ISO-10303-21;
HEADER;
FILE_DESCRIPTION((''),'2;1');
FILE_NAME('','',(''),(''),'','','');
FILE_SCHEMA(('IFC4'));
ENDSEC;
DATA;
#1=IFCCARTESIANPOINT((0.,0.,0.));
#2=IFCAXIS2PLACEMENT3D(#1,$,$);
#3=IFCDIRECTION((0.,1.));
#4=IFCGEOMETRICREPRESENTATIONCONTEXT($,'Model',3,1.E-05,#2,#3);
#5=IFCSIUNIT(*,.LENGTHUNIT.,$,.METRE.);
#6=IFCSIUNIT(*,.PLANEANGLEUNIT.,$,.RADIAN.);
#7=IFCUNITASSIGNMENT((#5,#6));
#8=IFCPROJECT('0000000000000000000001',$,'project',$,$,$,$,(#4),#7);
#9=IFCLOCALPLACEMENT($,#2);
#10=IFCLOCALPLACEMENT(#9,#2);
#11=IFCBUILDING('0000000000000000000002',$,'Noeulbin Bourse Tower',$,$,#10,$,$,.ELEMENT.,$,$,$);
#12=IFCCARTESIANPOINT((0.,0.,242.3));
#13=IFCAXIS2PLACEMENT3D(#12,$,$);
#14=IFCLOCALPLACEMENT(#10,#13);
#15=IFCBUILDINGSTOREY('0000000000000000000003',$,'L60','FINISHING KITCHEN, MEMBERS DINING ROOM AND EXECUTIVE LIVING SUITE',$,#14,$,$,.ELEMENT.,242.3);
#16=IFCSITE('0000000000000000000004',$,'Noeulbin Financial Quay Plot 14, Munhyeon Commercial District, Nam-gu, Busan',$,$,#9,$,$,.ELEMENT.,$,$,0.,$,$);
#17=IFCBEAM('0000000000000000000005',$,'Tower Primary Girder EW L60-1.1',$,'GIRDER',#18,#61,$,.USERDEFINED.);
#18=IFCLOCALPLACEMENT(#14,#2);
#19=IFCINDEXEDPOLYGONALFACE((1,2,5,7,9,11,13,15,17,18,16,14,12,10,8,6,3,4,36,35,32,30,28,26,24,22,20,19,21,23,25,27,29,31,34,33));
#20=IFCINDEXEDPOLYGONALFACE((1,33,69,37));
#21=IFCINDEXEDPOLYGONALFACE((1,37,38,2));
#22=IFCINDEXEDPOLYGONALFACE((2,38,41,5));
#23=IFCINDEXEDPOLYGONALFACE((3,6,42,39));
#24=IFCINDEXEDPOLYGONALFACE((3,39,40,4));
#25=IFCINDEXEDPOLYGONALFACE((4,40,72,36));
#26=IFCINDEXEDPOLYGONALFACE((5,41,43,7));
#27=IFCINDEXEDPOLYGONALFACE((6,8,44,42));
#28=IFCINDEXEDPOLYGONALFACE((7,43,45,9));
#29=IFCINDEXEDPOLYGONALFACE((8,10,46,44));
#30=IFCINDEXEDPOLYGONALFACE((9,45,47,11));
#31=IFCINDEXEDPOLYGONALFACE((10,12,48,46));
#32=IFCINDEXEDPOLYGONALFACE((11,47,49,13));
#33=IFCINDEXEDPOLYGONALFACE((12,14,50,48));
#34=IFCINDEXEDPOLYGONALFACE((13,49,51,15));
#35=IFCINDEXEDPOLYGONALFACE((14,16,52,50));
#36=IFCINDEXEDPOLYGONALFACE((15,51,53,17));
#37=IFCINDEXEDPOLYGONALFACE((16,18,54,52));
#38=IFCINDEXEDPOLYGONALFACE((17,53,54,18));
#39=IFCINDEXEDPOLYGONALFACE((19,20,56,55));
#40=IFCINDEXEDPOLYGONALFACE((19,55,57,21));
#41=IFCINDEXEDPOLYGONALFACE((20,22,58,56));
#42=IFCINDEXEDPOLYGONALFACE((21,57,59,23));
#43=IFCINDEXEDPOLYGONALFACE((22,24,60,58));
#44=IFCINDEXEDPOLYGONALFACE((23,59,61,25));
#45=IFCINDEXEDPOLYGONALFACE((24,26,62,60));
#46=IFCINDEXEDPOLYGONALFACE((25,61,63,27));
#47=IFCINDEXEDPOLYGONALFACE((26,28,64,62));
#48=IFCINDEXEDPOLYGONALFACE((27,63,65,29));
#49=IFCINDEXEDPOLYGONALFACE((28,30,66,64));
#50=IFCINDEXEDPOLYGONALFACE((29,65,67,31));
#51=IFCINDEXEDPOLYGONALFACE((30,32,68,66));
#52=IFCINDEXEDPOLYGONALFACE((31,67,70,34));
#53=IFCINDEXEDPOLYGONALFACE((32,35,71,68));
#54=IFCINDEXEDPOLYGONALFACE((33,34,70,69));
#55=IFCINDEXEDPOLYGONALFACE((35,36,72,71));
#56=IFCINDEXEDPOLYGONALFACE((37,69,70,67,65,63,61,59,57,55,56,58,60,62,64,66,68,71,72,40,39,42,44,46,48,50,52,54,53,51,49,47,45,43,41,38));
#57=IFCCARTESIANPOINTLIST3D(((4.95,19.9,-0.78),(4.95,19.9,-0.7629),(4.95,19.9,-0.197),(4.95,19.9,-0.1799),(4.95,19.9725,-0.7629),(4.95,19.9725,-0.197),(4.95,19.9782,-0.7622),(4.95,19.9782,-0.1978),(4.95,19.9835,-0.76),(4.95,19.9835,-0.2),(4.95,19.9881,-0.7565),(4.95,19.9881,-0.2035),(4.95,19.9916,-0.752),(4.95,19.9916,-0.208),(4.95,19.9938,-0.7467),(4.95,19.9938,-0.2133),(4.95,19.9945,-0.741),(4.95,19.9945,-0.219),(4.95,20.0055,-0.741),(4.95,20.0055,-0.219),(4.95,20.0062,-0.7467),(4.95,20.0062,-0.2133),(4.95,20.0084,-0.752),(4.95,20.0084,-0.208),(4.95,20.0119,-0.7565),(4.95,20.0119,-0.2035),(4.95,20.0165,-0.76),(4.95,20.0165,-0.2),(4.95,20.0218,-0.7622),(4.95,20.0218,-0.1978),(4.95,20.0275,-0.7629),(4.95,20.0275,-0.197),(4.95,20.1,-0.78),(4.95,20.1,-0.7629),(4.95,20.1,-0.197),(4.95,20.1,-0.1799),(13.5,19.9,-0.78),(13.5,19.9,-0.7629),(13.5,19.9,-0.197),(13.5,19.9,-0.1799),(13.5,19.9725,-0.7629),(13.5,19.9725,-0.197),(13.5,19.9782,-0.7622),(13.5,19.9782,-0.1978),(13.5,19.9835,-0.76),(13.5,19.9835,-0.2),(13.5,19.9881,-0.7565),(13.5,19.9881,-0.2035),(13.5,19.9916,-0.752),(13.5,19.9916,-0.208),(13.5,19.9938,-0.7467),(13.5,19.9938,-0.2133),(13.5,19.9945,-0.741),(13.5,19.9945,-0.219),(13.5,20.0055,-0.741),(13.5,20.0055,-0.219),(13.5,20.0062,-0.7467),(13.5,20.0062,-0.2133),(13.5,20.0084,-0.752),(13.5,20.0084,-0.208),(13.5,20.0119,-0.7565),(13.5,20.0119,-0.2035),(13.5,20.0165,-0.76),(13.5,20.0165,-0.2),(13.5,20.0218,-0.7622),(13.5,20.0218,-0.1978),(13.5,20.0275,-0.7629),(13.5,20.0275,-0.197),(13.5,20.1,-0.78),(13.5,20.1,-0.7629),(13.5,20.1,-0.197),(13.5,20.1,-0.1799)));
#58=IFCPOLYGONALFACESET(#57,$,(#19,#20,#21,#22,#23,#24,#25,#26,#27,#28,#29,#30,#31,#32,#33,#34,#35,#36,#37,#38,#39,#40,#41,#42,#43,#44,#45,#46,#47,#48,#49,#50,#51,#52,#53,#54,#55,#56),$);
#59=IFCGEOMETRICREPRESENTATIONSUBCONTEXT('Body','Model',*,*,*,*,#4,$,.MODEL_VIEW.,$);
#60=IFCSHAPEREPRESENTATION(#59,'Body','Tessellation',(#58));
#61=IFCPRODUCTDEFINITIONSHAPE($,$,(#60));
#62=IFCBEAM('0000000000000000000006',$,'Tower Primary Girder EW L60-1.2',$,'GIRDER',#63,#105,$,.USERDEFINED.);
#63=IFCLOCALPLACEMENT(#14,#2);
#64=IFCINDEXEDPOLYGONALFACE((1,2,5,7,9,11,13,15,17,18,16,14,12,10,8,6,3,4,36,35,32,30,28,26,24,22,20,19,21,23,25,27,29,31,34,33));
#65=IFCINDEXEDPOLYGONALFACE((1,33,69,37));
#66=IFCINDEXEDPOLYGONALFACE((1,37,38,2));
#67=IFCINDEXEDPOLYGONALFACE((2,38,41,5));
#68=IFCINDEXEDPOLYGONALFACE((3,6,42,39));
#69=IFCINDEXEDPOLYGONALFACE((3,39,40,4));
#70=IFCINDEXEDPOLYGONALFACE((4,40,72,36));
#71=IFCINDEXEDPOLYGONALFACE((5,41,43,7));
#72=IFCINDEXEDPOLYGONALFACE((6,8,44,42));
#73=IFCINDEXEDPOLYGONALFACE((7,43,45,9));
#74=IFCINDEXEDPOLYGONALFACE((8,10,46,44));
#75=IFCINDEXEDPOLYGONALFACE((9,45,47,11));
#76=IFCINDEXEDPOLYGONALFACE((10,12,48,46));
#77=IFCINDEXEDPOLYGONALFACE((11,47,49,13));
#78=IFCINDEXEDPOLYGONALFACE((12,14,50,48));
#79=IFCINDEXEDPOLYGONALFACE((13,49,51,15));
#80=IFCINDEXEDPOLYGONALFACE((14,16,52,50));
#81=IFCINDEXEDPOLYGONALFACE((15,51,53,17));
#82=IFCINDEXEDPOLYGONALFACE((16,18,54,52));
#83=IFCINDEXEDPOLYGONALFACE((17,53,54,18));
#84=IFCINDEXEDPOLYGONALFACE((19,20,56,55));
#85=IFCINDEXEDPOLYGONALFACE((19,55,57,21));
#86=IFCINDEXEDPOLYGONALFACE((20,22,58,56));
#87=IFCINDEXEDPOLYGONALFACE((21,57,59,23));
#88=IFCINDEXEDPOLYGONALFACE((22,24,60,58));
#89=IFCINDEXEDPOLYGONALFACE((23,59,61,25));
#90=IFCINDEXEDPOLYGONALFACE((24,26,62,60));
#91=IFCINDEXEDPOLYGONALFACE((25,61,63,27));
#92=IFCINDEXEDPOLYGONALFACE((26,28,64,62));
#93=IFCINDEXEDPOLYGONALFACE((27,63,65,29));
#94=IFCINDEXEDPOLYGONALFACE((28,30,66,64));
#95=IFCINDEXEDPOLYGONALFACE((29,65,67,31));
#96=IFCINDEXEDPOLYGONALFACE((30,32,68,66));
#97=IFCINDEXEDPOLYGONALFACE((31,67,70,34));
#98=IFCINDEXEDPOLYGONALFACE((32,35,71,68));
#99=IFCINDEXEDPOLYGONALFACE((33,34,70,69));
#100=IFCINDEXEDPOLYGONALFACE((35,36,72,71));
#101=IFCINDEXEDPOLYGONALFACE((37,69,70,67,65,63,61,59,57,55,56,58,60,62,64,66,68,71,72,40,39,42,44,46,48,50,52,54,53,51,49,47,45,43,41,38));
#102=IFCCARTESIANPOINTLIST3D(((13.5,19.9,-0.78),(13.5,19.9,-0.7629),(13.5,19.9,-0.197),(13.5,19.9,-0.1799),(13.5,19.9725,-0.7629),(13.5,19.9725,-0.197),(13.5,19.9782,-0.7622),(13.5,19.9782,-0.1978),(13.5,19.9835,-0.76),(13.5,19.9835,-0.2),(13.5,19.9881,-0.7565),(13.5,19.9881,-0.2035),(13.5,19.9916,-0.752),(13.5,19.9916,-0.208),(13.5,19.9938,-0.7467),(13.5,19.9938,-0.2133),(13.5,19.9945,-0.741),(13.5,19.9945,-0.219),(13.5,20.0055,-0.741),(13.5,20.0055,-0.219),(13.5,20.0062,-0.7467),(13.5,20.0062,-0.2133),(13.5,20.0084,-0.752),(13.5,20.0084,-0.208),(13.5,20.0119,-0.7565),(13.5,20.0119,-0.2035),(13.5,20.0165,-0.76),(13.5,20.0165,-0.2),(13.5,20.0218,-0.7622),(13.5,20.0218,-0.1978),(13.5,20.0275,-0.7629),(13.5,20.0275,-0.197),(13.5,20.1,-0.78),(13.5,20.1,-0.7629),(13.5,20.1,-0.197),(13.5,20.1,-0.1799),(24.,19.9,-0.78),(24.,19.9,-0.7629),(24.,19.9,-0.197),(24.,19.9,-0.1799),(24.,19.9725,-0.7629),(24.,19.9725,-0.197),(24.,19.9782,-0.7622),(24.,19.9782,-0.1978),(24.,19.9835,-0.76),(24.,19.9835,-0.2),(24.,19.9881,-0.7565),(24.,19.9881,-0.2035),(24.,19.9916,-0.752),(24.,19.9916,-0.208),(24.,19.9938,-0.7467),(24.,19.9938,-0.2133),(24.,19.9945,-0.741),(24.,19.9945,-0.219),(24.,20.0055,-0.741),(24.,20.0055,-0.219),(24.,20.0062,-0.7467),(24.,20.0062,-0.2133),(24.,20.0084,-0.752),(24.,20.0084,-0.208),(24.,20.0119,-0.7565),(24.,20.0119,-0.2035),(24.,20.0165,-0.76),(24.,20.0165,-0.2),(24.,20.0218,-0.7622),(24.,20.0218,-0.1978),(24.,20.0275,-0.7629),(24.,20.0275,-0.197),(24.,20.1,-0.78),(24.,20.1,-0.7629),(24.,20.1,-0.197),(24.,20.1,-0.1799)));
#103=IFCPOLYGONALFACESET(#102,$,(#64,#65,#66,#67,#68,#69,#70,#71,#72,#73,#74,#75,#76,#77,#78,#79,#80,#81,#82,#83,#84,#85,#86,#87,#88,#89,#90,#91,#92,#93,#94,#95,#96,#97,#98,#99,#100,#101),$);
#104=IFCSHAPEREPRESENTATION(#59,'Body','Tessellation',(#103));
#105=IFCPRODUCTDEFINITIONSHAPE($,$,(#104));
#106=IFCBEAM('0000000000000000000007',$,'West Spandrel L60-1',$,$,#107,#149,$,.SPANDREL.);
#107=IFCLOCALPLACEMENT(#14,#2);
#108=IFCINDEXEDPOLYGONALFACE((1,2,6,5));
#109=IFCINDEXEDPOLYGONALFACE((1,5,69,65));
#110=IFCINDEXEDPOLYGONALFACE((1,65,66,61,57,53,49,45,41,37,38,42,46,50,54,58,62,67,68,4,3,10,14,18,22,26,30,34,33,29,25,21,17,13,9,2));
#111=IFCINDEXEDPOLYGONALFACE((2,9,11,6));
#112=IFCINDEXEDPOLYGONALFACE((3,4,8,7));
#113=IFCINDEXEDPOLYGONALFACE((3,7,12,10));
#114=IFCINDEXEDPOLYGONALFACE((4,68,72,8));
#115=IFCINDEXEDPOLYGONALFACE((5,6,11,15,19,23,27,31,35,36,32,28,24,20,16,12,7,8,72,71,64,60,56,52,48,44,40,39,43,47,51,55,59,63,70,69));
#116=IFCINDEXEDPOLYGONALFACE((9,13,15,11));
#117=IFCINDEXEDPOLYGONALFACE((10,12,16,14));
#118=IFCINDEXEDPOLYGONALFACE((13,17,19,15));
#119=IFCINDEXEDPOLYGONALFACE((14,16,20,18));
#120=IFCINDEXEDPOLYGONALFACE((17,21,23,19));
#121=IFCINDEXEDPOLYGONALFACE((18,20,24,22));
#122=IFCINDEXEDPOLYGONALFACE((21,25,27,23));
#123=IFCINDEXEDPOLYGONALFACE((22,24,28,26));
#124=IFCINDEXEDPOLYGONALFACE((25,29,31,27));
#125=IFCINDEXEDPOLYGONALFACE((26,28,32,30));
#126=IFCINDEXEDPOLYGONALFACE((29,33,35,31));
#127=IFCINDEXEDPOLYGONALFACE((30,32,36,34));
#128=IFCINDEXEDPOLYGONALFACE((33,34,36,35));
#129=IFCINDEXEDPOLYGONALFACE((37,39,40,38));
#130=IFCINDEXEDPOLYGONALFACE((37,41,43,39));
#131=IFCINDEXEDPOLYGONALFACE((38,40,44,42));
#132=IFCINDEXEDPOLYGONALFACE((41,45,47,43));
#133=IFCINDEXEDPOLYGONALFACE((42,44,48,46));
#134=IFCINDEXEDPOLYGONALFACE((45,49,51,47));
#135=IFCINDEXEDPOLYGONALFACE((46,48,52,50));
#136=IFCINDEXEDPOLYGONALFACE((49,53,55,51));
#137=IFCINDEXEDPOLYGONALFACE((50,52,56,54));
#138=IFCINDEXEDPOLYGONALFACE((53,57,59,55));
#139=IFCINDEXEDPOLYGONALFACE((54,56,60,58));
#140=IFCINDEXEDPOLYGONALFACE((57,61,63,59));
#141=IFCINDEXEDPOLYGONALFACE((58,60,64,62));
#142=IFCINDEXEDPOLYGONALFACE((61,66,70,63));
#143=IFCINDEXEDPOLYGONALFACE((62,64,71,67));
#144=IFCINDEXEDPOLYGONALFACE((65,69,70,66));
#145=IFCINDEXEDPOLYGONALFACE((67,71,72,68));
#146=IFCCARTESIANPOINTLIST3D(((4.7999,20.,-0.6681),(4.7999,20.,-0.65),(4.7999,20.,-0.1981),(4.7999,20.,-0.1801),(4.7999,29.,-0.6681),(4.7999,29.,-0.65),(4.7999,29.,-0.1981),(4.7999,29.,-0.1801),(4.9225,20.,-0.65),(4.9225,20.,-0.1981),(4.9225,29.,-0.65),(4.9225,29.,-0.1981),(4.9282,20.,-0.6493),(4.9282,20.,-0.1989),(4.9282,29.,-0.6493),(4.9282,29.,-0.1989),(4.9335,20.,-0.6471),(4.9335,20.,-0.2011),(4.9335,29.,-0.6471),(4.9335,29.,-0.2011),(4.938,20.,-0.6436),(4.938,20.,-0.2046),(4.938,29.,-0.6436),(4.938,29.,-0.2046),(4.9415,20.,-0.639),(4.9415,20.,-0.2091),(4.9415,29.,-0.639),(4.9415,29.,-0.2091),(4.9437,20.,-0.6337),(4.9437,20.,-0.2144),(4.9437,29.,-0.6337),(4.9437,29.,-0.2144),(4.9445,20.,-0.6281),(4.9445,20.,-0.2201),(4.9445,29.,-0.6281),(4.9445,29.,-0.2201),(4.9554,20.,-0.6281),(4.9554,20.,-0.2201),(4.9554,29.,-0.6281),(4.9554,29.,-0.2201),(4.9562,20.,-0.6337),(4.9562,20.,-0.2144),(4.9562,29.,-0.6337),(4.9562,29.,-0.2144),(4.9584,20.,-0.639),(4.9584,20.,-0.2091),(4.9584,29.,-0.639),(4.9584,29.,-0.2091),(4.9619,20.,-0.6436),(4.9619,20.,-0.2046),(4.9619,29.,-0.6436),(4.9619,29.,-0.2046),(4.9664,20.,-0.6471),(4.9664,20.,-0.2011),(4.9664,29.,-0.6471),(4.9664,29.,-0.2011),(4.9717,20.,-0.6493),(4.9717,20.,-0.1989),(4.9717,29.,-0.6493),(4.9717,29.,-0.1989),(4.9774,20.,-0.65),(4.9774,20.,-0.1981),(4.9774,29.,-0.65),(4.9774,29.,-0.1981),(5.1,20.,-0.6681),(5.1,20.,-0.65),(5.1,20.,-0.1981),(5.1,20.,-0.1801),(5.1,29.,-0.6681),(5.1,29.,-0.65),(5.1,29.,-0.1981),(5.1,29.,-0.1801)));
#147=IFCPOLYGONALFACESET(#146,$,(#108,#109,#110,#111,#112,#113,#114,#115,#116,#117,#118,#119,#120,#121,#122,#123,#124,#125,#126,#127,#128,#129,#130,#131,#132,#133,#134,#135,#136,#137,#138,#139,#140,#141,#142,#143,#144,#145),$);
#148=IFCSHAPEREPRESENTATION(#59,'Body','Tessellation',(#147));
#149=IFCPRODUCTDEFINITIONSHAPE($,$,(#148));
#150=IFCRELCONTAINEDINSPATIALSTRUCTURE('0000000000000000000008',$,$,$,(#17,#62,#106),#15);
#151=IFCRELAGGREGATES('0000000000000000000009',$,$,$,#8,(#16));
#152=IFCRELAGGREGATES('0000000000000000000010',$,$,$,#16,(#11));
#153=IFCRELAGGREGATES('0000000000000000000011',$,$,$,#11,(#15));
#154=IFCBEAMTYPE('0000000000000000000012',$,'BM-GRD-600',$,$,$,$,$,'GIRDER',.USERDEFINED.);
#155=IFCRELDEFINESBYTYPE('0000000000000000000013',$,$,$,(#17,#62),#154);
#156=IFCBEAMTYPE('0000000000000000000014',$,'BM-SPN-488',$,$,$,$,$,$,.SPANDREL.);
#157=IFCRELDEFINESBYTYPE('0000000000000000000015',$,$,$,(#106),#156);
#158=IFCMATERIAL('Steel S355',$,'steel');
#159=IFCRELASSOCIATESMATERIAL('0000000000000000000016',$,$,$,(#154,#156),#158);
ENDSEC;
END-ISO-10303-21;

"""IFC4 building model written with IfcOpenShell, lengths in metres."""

from ifc_helpers import new_model, si_unit, direction, frame, origin, origin_2d, place, context, subcontext, project, spatial, i_section, extrude, material, material_profile, profile_set, type_object, element, save


model = new_model("IFC4")

# Units and contexts
model_context = context("Model", 3, precision=1e-05, world=origin(), true_north=direction((0.0, 1.0)))
body_context = subcontext(model_context, "Body", "Model", "MODEL_VIEW")
ifc_project = project(units=[si_unit("LENGTHUNIT", "METRE"), si_unit("PLANEANGLEUNIT", "RADIAN")], contexts=[model_context])

# Site, building, storey
site_placement = place(None, origin())
site = spatial("IfcSite", under=ifc_project, at=site_placement, Name="Noeulbin Financial Quay Plot 14, Munhyeon Commercial District, Nam-gu, Busan", CompositionType="ELEMENT", RefElevation=0.0)
building_placement = place(site_placement, origin())
building = spatial("IfcBuilding", under=site, at=building_placement, Name="Noeulbin Bourse Tower", CompositionType="ELEMENT")
storey_placement = place(building_placement, frame((0.0, 0.0, 242.3)))
storey = spatial("IfcBuildingStorey", under=building, at=storey_placement, Name="L60", Description="FINISHING KITCHEN, MEMBERS DINING ROOM AND EXECUTIVE LIVING SUITE", CompositionType="ELEMENT", Elevation=242.3)

# Shared definitions
ifc_material_1 = material(Name="Steel S355", Category="steel")

# Beams
ifc_material_profile_1 = material_profile(ifc_material_1, i_section(OverallWidth=0.2, OverallDepth=0.6001, WebThickness=0.011, FlangeThickness=0.0171, FilletRadius=0.022, at=origin_2d()), Name="H-600x200x11x17", Category="LoadBearing")
ifc_profile_set_1 = profile_set([ifc_material_profile_1], Name="Steel S355")
beam_type_1 = type_object("IfcBeamType", Name="BM-GRD-600", ElementType="GIRDER", PredefinedType="USERDEFINED", material=ifc_profile_set_1)
beam_1_placement = place(storey_placement, frame((4.95, 20.0, -0.48), z_axis=(1.0, 0.0, 0.0), x_axis=(0.0, 1.0, 0.0)))
element("IfcBeam", 1, at=beam_1_placement, inside=storey, type_object=beam_type_1, Name="Tower Primary Girder EW L60-1.1", ObjectType="GIRDER", PredefinedType="USERDEFINED", context=body_context, shape_type="SweptSolid", body=[
    extrude(i_section(OverallWidth=0.2, OverallDepth=0.6001, WebThickness=0.011, FlangeThickness=0.0171, FilletRadius=0.022, at=origin_2d()), origin(), (0.0, 0.0, 1.0), 8.55),
])
beam_2_placement = place(storey_placement, frame((13.5, 20.0, -0.48), z_axis=(1.0, 0.0, 0.0), x_axis=(0.0, 1.0, 0.0)))
element("IfcBeam", 2, at=beam_2_placement, inside=storey, type_object=beam_type_1, Name="Tower Primary Girder EW L60-1.2", ObjectType="GIRDER", PredefinedType="USERDEFINED", context=body_context, shape_type="SweptSolid", body=[
    extrude(i_section(OverallWidth=0.2, OverallDepth=0.6001, WebThickness=0.011, FlangeThickness=0.0171, FilletRadius=0.022, at=origin_2d()), origin(), (0.0, 0.0, 1.0), 10.5),
])
ifc_material_profile_2 = material_profile(ifc_material_1, i_section(OverallWidth=0.3, OverallDepth=0.488, WebThickness=0.011, FlangeThickness=0.0181, FilletRadius=0.022, at=origin_2d()), Name="H-488x300x11x18", Category="LoadBearing")
ifc_profile_set_2 = profile_set([ifc_material_profile_2], Name="Steel S355")
beam_type_2 = type_object("IfcBeamType", Name="BM-SPN-488", PredefinedType="SPANDREL", material=ifc_profile_set_2)
beam_3_placement = place(storey_placement, frame((4.95, 20.0, -0.4241), z_axis=(0.0, 1.0, 0.0), x_axis=(-1.0, 0.0, 0.0)))
element("IfcBeam", 3, at=beam_3_placement, inside=storey, type_object=beam_type_2, Name="West Spandrel L60-1", PredefinedType="SPANDREL", context=body_context, shape_type="SweptSolid", body=[
    extrude(i_section(OverallWidth=0.3, OverallDepth=0.488, WebThickness=0.011, FlangeThickness=0.0181, FilletRadius=0.022, at=origin_2d()), origin(), (0.0, 0.0, 1.0), 9.0),
])

save(model, "model.ifc")
